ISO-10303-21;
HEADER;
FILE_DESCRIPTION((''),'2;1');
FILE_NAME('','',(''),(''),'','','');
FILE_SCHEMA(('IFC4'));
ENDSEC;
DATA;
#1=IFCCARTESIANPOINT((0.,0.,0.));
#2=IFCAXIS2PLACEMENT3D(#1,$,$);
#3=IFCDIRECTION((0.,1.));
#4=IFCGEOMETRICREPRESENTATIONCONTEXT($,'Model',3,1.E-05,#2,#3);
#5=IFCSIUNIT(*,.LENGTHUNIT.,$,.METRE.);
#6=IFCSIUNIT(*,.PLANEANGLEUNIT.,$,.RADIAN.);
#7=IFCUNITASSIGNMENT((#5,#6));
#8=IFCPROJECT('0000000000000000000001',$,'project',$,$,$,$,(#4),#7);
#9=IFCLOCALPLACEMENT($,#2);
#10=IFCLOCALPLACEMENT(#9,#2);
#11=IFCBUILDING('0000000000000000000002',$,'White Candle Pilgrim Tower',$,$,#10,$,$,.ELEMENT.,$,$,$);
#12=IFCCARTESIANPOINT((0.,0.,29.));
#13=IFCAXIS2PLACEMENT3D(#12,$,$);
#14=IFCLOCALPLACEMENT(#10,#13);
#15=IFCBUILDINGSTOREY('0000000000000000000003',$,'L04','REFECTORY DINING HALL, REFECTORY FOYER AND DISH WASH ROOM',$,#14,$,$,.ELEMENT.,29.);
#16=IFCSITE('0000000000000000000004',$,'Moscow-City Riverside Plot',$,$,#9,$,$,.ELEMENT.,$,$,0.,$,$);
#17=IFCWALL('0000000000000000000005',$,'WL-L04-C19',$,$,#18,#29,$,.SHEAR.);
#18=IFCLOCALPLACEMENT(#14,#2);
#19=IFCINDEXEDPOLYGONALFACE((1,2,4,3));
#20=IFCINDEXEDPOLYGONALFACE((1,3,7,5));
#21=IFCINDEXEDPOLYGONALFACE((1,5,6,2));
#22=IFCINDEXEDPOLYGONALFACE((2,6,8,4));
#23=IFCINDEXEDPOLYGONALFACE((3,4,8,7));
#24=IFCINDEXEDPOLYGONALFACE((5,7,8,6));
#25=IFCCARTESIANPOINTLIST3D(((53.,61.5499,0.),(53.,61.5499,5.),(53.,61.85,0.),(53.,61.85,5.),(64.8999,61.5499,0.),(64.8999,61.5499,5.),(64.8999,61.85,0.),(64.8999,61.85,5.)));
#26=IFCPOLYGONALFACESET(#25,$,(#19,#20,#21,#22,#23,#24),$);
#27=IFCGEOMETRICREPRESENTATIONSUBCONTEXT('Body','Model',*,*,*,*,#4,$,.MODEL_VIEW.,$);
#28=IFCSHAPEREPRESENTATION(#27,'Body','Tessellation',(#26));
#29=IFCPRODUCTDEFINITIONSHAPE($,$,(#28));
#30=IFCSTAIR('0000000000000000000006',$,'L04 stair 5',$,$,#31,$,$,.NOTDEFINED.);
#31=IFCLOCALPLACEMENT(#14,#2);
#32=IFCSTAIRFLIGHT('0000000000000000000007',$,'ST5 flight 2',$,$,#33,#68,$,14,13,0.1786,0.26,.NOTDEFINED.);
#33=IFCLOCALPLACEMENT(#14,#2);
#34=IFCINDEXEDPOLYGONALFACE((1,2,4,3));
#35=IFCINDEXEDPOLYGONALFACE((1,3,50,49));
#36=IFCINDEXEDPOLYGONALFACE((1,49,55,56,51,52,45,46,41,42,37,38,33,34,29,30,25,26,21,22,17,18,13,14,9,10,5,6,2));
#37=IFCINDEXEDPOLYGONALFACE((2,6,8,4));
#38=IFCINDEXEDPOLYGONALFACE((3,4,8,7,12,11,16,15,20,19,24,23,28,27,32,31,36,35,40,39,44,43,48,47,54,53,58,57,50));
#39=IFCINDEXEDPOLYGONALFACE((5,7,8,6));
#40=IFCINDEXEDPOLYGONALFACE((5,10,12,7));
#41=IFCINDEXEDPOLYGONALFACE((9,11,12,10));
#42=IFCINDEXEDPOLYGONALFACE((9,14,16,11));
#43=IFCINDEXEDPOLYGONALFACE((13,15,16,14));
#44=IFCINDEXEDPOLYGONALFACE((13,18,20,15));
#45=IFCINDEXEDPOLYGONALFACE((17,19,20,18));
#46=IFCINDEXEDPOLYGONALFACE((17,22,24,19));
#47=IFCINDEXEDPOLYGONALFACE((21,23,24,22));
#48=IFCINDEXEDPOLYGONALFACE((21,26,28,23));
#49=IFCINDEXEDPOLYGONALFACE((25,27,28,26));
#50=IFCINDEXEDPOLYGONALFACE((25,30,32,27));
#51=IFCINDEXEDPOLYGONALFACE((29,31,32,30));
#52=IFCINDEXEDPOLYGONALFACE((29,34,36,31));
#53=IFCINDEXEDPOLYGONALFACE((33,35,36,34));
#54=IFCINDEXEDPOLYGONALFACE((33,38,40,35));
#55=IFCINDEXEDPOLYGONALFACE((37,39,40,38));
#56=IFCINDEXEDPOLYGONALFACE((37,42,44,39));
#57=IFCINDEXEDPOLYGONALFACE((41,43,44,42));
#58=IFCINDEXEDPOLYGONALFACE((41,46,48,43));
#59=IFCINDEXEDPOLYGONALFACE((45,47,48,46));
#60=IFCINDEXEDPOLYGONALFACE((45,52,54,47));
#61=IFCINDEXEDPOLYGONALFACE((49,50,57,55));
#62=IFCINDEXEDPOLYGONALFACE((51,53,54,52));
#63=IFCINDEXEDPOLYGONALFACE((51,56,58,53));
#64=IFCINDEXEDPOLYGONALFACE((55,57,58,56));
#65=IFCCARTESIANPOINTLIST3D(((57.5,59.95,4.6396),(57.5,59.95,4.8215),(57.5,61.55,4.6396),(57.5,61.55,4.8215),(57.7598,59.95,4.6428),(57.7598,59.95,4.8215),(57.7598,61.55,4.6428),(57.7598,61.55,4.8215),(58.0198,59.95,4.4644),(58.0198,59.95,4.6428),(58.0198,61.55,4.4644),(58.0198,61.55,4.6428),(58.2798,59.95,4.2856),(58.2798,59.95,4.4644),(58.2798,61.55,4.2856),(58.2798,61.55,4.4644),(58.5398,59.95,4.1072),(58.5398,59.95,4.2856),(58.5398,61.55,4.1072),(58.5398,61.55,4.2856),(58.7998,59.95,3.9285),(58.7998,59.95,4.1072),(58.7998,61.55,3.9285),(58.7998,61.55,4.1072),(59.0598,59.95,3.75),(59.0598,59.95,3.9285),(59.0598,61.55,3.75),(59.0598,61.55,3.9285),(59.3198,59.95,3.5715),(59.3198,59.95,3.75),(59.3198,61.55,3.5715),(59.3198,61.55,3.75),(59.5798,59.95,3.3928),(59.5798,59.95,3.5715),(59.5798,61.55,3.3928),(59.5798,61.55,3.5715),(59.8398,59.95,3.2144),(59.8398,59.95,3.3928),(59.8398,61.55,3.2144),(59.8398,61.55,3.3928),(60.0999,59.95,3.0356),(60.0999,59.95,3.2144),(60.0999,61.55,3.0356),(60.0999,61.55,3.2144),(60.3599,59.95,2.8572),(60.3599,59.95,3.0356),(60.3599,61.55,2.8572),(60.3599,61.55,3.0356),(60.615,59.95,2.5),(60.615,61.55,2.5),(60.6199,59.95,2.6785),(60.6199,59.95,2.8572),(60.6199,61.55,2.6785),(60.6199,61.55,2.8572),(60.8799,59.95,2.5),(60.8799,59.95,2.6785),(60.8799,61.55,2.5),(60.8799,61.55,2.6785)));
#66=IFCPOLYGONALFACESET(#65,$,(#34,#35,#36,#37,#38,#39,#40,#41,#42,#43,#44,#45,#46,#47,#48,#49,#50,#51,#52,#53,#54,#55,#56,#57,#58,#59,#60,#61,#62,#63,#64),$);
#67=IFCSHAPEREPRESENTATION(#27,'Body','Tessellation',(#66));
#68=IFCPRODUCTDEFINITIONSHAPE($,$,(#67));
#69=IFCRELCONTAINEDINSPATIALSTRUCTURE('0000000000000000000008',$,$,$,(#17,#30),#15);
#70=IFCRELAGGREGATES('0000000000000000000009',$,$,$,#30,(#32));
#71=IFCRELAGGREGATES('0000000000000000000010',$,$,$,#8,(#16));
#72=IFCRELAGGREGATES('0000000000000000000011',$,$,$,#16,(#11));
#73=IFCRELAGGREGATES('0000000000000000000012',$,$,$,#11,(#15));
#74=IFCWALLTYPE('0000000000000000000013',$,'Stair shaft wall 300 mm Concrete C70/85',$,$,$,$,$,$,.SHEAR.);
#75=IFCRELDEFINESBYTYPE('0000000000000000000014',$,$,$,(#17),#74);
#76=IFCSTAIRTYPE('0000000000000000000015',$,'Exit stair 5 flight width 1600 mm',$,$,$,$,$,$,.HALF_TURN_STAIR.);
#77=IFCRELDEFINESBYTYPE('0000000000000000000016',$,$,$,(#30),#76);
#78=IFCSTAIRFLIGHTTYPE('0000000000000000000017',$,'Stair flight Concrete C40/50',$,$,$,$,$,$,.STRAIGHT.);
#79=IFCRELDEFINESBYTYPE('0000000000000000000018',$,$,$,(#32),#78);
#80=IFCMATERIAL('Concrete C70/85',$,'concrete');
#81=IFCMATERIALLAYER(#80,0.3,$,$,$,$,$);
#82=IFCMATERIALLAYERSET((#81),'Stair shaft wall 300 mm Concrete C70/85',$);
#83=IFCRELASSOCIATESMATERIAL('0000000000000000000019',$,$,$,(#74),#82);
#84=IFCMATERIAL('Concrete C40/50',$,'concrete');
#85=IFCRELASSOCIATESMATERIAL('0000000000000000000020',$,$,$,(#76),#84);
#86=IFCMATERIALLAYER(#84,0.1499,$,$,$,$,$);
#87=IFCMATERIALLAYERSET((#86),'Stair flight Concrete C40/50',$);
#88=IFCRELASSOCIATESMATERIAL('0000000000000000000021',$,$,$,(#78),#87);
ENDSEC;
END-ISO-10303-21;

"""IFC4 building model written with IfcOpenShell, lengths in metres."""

from ifc_helpers import new_model, si_unit, direction, frame, frame_2d, origin, place, context, subcontext, project, spatial, polyline, rectangle, outline, extrude, material, layer, layer_set, type_object, element, aggregate, save


model = new_model("IFC4")

# Units and contexts
model_context = context("Model", 3, precision=1e-05, world=origin(), true_north=direction((0.0, 1.0)))
body_context = subcontext(model_context, "Body", "Model", "MODEL_VIEW")
ifc_project = project(units=[si_unit("LENGTHUNIT", "METRE"), si_unit("PLANEANGLEUNIT", "RADIAN")], contexts=[model_context])

# Site, building, storey
site_placement = place(None, origin())
site = spatial("IfcSite", under=ifc_project, at=site_placement, Name="Moscow-City Riverside Plot", CompositionType="ELEMENT", RefElevation=0.0)
building_placement = place(site_placement, origin())
building = spatial("IfcBuilding", under=site, at=building_placement, Name="White Candle Pilgrim Tower", CompositionType="ELEMENT")
storey_placement = place(building_placement, frame((0.0, 0.0, 29.0)))
storey = spatial("IfcBuildingStorey", under=building, at=storey_placement, Name="L04", Description="REFECTORY DINING HALL, REFECTORY FOYER AND DISH WASH ROOM", CompositionType="ELEMENT", Elevation=29.0)

# Shared definitions
ifc_material_1 = material(Name="Concrete C70/85", Category="concrete")

# Wall
ifc_layer_1 = layer(ifc_material_1, 0.3)
ifc_layer_set_1 = layer_set([ifc_layer_1], Name="Stair shaft wall 300 mm Concrete C70/85")
wall_type_1 = type_object("IfcWallType", Name="Stair shaft wall 300 mm Concrete C70/85", PredefinedType="SHEAR", material=ifc_layer_set_1)
wall_1_placement = place(storey_placement, frame((53.0, 61.7, 0.0), z_axis=(0.0, 0.0, 1.0), x_axis=(1.0, 0.0, 0.0)))
element("IfcWall", 1, at=wall_1_placement, inside=storey, type_object=wall_type_1, Name="WL-L04-C19", PredefinedType="SHEAR", context=body_context, shape_type="SweptSolid", body=[
    extrude(rectangle(XDim=11.8999, YDim=0.3, at=frame_2d((5.95, 0.0))), origin(), (0.0, 0.0, 1.0), 5.0),
])

# Stair, stair flight
ifc_material_2 = material(Name="Concrete C40/50", Category="concrete")
stair_type = type_object("IfcStairType", Name="Exit stair 5 flight width 1600 mm", PredefinedType="HALF_TURN_STAIR", material=ifc_material_2)
stair_placement = place(storey_placement, origin())
stair = element("IfcStair", 2, at=stair_placement, inside=storey, type_object=stair_type, Name="L04 stair 5", PredefinedType="NOTDEFINED")
ifc_layer_2 = layer(ifc_material_2, 0.1499)
ifc_layer_set_2 = layer_set([ifc_layer_2], Name="Stair flight Concrete C40/50")
stair_flight_type = type_object("IfcStairFlightType", Name="Stair flight Concrete C40/50", PredefinedType="STRAIGHT", material=ifc_layer_set_2)
stair_flight_placement = place(storey_placement, frame((60.8799, 60.75, 2.5), z_axis=(0.0, 0.0, 1.0), x_axis=(-1.0, 0.0, 0.0)))
stair_flight = element("IfcStairFlight", 3, at=stair_flight_placement, type_object=stair_flight_type, Name="ST5 flight 2", NumberOfRisers=14, NumberOfTreads=13, PredefinedType="NOTDEFINED", RiserHeight=0.1786, TreadLength=0.26, context=body_context, shape_type="SweptSolid", body=[
    extrude(outline(polyline([(0.0, 0.0), (0.0, 0.1785), (0.26, 0.1785), (0.26, 0.3572), (0.52, 0.3572), (0.52, 0.5356), (0.78, 0.5356), (0.78, 0.7144), (1.04, 0.7144), (1.04, 0.8928), (1.3, 0.8928), (1.3, 1.0715), (1.5601, 1.0715), (1.5601, 1.25), (1.8201, 1.25), (1.8201, 1.4285), (2.0801, 1.4285), (2.0801, 1.6072), (2.3401, 1.6072), (2.3401, 1.7856), (2.6001, 1.7856), (2.6001, 1.9644), (2.8601, 1.9644), (2.8601, 2.1428), (3.1201, 2.1428), (3.1201, 2.3215), (3.3799, 2.3215), (3.3799, 2.5), (3.3799, 2.1396), (0.2649, 0.0), (0.0, 0.0)])), frame((0.0, 0.8, 0.0), z_axis=(0.0, -1.0, 0.0), x_axis=(1.0, 0.0, 0.0)), (0.0, 0.0, 1.0), 1.6001),
])
aggregate(stair, [stair_flight])

save(model, "model.ifc")
